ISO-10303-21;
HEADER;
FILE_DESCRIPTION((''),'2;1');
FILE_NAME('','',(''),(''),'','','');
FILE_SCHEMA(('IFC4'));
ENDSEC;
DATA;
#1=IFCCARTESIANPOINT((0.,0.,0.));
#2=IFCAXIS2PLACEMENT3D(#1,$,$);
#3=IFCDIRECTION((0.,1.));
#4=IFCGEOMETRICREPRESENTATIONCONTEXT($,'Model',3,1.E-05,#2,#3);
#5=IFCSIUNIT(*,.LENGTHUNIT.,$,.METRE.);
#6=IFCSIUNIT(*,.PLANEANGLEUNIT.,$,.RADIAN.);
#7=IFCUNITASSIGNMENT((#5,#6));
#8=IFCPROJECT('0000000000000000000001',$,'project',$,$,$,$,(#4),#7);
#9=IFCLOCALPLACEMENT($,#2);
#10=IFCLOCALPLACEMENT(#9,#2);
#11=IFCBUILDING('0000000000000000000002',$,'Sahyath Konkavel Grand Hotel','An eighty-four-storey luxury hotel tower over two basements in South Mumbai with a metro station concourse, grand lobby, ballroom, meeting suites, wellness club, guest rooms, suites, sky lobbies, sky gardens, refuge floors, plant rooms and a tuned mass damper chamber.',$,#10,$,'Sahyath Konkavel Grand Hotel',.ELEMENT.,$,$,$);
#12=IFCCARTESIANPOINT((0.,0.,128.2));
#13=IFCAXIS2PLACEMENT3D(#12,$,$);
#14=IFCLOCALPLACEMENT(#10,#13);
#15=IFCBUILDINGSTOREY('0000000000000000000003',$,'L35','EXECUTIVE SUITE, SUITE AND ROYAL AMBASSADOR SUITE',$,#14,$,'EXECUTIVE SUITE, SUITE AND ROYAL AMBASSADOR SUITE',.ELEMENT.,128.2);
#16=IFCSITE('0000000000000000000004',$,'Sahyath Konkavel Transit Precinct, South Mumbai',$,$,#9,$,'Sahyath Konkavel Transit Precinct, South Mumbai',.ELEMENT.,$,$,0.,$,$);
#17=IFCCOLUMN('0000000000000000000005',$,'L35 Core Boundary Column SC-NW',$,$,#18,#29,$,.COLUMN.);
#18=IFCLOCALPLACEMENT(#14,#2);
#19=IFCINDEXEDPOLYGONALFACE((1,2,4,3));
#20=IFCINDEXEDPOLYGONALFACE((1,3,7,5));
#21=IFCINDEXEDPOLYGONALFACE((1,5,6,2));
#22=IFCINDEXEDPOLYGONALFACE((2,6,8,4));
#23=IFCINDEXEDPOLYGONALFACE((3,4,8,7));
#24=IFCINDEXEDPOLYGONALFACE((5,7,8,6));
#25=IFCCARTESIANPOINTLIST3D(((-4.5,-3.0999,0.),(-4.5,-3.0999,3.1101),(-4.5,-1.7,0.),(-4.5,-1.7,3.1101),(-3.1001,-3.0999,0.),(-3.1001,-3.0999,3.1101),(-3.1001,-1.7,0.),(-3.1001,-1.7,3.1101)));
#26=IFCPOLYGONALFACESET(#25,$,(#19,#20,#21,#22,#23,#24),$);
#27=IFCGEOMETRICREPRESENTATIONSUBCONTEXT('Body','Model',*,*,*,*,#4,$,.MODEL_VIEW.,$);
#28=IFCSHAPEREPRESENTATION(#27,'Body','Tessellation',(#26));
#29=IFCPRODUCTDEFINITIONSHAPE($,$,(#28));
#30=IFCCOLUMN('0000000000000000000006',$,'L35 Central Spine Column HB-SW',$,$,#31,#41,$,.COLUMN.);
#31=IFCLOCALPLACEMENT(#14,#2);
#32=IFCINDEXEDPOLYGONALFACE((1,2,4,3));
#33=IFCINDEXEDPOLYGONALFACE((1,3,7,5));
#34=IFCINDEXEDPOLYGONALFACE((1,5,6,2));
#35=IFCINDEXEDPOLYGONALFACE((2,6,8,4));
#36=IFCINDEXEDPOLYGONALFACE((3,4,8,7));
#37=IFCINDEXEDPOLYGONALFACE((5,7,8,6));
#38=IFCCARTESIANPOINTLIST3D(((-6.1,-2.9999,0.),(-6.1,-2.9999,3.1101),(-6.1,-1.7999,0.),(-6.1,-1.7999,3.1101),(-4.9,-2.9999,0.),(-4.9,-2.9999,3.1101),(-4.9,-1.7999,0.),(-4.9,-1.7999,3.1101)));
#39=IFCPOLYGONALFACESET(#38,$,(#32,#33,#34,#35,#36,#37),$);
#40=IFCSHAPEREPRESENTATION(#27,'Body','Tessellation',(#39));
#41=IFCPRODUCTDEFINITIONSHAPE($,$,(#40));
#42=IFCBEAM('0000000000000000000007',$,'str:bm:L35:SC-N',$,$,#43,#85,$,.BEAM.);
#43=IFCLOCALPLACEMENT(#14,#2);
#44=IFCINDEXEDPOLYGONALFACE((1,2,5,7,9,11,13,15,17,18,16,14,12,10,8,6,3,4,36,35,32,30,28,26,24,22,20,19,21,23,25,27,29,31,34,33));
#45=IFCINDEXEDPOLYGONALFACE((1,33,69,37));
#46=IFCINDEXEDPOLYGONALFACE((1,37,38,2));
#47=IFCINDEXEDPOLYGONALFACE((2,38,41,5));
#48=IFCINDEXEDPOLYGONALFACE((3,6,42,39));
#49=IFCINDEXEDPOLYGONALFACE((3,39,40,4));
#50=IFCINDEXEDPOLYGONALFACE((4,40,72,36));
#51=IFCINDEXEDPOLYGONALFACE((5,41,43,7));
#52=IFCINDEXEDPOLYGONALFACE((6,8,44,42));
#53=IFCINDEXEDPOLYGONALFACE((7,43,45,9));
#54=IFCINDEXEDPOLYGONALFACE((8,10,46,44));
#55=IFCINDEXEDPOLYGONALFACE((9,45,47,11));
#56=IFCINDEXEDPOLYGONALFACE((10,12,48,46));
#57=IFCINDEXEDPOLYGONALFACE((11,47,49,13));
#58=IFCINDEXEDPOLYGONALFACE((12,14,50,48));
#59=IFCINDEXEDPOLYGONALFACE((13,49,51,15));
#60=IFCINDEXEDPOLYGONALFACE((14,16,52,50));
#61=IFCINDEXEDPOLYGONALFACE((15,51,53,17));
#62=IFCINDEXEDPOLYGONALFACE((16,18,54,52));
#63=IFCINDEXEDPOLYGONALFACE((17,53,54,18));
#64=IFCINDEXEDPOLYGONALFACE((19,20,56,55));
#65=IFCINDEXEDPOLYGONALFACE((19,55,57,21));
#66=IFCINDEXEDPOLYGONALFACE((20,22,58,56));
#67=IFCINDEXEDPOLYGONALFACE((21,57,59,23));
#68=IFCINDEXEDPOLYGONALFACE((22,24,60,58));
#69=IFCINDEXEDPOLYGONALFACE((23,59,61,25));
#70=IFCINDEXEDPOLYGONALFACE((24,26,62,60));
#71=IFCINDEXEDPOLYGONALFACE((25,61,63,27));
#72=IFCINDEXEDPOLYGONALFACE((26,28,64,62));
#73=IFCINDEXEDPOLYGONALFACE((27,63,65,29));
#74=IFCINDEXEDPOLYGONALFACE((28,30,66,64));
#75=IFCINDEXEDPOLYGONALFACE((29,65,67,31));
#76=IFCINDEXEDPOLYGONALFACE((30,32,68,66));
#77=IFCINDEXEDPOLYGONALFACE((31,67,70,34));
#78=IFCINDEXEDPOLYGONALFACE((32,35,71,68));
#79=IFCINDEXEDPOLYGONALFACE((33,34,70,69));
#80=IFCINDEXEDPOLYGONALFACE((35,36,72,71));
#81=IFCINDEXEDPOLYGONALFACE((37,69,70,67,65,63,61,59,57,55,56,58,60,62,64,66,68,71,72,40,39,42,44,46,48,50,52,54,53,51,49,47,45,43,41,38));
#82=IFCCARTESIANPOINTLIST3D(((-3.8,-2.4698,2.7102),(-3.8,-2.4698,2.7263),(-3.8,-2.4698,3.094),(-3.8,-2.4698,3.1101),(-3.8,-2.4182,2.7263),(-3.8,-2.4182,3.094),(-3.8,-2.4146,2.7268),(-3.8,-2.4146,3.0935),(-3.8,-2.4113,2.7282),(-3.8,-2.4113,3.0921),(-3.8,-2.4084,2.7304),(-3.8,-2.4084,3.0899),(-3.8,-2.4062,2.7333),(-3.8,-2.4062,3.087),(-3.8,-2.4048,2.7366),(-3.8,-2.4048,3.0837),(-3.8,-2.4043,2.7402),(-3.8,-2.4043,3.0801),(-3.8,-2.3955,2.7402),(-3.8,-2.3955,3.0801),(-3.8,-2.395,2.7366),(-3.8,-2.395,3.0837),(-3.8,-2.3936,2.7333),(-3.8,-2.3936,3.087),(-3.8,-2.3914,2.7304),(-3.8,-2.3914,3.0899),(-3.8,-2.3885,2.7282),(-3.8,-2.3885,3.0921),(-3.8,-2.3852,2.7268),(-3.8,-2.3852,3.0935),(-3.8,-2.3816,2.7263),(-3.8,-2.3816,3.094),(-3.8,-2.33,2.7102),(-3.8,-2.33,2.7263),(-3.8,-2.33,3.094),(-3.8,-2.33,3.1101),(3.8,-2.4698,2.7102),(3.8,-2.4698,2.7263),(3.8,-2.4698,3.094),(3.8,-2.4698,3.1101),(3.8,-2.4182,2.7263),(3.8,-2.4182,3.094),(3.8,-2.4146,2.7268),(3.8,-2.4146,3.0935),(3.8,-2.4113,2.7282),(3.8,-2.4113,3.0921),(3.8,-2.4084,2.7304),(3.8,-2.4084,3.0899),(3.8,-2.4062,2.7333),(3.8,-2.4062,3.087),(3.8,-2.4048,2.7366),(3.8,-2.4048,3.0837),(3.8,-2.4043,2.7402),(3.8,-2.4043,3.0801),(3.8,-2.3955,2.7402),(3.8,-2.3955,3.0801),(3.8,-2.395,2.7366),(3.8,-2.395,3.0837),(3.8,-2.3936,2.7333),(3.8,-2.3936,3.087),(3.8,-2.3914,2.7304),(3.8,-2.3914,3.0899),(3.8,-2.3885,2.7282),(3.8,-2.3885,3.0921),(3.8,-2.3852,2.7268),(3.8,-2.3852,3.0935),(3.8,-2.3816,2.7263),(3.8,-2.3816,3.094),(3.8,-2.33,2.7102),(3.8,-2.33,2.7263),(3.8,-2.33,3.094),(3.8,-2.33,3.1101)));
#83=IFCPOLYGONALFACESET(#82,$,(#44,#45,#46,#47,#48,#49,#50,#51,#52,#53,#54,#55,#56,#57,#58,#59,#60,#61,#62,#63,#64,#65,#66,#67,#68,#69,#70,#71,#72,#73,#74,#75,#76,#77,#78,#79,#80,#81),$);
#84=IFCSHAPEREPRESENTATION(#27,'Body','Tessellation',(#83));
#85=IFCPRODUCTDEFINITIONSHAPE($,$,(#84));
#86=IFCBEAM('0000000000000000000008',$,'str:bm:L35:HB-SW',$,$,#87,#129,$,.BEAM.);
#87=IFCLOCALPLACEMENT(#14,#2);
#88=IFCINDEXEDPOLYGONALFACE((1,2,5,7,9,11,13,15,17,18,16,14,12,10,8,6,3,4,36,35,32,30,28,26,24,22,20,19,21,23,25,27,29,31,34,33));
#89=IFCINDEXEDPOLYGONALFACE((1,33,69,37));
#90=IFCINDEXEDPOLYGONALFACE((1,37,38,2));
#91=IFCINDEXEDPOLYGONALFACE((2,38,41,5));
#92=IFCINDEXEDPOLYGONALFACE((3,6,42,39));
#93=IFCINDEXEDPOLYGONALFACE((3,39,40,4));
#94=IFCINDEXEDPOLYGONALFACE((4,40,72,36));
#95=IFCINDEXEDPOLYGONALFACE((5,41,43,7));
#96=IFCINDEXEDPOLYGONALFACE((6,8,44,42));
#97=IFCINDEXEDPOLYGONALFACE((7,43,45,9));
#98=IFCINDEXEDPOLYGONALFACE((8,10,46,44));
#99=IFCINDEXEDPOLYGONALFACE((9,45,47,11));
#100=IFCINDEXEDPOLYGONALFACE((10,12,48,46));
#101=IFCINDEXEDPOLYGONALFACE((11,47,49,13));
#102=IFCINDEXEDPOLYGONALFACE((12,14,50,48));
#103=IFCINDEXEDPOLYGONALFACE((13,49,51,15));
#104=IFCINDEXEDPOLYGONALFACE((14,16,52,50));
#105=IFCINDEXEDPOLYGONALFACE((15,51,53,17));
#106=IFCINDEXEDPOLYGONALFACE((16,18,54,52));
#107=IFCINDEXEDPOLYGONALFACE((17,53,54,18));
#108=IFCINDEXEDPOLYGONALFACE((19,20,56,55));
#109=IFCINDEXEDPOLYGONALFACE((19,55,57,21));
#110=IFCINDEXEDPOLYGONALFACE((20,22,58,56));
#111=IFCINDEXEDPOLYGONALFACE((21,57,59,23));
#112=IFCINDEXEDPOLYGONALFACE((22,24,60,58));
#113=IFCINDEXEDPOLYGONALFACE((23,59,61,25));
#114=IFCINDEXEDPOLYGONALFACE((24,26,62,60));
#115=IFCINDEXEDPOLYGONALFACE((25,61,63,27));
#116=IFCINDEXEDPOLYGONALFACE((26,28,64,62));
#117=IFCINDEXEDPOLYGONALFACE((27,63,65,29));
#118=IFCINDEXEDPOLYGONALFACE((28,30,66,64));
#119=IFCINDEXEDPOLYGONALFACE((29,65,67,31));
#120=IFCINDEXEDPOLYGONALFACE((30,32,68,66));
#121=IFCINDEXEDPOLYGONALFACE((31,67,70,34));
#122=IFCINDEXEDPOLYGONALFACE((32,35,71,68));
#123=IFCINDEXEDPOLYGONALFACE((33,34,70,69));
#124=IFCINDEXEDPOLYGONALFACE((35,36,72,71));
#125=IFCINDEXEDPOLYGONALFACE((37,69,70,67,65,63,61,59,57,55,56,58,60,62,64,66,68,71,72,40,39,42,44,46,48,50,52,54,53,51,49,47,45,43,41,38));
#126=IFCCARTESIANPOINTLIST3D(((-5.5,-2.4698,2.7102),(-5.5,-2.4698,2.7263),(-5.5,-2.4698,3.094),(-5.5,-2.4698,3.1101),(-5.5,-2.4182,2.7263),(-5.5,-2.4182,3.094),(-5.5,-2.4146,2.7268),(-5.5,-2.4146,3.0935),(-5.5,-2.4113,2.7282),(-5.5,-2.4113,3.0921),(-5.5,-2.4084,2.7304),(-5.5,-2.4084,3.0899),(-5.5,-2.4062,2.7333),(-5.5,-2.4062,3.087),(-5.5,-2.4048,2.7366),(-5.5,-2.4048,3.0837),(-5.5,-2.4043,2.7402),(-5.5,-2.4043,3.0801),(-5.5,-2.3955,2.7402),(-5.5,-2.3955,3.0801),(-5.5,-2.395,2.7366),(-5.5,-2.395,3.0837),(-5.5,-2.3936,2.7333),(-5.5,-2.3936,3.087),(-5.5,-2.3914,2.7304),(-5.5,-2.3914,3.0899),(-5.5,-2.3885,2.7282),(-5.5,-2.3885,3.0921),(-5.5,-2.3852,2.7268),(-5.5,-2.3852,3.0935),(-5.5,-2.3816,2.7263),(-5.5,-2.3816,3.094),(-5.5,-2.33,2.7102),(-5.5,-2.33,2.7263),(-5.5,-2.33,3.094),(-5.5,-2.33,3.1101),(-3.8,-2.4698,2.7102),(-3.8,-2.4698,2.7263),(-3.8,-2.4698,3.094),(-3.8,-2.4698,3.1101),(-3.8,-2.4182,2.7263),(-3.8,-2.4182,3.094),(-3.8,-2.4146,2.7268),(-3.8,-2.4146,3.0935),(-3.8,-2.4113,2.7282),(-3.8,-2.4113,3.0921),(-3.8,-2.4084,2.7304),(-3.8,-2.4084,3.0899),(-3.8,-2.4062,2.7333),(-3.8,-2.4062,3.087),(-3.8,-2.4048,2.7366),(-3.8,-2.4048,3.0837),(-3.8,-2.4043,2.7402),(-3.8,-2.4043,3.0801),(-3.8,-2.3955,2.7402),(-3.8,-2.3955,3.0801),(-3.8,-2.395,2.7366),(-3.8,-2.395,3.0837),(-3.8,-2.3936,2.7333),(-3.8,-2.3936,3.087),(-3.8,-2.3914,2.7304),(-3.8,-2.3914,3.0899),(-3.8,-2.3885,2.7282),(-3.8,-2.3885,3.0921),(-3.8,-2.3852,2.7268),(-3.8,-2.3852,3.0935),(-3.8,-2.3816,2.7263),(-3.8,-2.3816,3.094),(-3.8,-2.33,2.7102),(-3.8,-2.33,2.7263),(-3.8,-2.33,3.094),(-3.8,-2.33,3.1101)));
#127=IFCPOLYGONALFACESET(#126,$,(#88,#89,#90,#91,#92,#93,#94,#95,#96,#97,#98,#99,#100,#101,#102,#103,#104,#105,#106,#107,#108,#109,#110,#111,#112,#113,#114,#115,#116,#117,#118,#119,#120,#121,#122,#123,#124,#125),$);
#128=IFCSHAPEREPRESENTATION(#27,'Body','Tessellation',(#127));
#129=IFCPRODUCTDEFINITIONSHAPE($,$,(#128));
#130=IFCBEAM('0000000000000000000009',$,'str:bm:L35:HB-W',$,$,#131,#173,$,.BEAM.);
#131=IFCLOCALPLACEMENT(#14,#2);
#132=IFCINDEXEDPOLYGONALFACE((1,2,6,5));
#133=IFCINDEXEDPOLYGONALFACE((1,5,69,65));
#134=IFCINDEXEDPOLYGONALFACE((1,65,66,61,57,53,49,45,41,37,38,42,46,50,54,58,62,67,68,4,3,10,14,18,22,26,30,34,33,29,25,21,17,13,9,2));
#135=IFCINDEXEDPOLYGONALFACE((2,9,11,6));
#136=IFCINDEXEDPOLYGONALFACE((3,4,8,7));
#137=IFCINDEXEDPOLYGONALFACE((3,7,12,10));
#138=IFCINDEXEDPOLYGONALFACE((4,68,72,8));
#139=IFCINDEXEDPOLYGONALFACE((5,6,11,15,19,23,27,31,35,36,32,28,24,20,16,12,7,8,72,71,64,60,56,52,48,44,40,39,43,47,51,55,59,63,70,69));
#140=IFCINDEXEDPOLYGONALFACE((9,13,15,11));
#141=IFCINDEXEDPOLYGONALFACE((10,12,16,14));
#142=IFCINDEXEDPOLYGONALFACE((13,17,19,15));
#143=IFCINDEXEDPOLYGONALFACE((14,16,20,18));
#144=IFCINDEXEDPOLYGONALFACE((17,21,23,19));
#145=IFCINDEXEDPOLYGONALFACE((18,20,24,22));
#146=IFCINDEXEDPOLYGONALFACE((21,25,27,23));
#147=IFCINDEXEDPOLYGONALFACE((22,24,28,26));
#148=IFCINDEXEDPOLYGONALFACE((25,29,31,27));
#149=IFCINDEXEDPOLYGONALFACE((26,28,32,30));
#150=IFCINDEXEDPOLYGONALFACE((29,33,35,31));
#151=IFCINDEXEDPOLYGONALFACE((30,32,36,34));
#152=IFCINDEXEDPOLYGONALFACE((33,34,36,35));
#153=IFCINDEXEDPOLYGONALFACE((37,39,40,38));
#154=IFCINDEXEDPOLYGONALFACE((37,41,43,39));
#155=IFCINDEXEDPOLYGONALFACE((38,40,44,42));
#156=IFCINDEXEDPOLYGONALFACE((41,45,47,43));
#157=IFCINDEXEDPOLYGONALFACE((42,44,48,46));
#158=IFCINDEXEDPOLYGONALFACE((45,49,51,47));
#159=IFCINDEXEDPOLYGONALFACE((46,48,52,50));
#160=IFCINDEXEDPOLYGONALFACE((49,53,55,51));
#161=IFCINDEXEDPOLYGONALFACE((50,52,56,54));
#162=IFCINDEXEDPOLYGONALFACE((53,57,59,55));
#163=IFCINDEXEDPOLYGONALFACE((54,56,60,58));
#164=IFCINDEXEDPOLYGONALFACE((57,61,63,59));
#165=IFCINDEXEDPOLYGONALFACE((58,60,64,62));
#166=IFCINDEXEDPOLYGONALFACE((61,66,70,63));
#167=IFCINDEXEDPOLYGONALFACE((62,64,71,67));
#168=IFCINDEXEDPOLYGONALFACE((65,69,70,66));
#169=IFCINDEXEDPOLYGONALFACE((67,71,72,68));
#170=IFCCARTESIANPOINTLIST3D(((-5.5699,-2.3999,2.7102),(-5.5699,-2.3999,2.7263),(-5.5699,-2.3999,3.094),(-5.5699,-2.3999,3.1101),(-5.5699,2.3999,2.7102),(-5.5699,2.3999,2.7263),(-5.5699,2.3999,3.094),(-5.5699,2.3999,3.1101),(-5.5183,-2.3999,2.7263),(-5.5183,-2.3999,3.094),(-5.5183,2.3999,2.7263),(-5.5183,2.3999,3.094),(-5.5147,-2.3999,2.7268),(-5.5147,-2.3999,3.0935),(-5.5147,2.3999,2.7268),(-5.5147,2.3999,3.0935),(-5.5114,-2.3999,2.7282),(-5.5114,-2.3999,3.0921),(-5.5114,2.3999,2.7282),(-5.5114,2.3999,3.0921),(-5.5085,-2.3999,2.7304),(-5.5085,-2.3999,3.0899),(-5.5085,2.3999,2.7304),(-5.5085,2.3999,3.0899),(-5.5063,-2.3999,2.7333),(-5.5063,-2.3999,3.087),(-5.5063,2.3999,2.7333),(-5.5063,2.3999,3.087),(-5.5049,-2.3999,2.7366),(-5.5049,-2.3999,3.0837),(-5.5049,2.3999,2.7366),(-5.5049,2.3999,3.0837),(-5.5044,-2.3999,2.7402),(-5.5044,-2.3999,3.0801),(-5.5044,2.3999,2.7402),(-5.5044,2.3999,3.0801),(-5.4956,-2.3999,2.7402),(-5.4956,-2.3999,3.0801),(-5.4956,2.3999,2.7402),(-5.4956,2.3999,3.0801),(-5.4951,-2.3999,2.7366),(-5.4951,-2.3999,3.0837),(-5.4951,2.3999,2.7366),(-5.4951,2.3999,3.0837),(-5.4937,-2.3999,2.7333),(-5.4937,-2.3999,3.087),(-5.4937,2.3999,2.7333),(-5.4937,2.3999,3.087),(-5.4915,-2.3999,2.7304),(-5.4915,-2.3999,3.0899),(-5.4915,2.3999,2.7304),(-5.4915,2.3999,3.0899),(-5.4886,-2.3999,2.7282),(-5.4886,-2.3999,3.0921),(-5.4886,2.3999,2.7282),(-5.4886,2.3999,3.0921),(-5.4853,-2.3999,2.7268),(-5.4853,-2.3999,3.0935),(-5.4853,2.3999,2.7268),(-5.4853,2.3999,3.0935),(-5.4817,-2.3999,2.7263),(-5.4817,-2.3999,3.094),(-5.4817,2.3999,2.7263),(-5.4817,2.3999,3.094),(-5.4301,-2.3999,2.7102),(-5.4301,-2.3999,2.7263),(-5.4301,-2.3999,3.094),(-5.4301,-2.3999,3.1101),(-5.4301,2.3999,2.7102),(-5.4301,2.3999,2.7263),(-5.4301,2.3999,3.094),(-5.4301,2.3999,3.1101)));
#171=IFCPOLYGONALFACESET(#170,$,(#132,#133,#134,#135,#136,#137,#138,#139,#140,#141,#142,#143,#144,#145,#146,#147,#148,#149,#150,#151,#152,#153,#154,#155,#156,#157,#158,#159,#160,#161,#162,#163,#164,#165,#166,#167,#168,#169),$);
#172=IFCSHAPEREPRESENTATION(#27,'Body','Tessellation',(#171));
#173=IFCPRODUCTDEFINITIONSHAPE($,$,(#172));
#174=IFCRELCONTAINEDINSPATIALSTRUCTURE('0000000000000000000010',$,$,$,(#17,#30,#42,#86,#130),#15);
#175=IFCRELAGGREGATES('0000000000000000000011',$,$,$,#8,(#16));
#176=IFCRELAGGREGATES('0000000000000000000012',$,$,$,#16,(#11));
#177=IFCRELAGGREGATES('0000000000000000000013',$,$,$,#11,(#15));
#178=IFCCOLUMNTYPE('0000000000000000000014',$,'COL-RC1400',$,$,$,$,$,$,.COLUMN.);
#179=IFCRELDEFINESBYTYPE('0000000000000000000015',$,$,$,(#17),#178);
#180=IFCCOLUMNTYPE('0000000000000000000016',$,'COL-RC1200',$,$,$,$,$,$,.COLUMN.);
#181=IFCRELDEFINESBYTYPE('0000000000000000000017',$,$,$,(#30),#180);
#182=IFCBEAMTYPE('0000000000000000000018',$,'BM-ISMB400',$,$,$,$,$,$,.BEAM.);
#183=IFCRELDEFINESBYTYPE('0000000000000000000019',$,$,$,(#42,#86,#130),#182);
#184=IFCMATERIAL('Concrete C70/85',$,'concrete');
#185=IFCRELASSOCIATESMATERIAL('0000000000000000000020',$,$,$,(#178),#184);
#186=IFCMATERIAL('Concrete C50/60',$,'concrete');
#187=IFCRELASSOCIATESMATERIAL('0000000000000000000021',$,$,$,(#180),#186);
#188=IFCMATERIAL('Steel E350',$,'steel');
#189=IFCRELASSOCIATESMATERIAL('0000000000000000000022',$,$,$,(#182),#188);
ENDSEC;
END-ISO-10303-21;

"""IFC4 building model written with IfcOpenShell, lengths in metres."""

from ifc_helpers import new_model, si_unit, direction, frame, origin, origin_2d, place, context, subcontext, project, spatial, rectangle, i_section, extrude, source, transform, mapped, material, material_profile, profile_set, type_object, element, save


model = new_model("IFC4")

# Units and contexts
model_context = context("Model", 3, precision=1e-05, world=origin(), true_north=direction((0.0, 1.0)))
body_context = subcontext(model_context, "Body", "Model", "MODEL_VIEW")
ifc_project = project(units=[si_unit("LENGTHUNIT", "METRE"), si_unit("PLANEANGLEUNIT", "RADIAN")], contexts=[model_context])

# Site, building, storey
site_placement = place(None, origin())
site = spatial("IfcSite", under=ifc_project, at=site_placement, Name="Sahyath Konkavel Transit Precinct, South Mumbai", LongName="Sahyath Konkavel Transit Precinct, South Mumbai", CompositionType="ELEMENT", RefElevation=0.0)
building_placement = place(site_placement, origin())
building = spatial("IfcBuilding", under=site, at=building_placement, Name="Sahyath Konkavel Grand Hotel", Description="An eighty-four-storey luxury hotel tower over two basements in South Mumbai with a metro station concourse, grand lobby, ballroom, meeting suites, wellness club, guest rooms, suites, sky lobbies, sky gardens, refuge floors, plant rooms and a tuned mass damper chamber.", LongName="Sahyath Konkavel Grand Hotel", CompositionType="ELEMENT")
storey_placement = place(building_placement, frame((0.0, 0.0, 128.2)))
storey = spatial("IfcBuildingStorey", under=building, at=storey_placement, Name="L35", Description="EXECUTIVE SUITE, SUITE AND ROYAL AMBASSADOR SUITE", LongName="EXECUTIVE SUITE, SUITE AND ROYAL AMBASSADOR SUITE", CompositionType="ELEMENT", Elevation=128.2)

# Columns
ifc_material_1 = material(Name="Concrete C70/85", Category="concrete")
ifc_material_profile_1 = material_profile(ifc_material_1, rectangle(XDim=1.3999, YDim=1.3999, at=origin_2d()), Name="RC 1400x1400")
ifc_profile_set_1 = profile_set([ifc_material_profile_1], Name="Concrete C70/85")
column_type_1 = type_object("IfcColumnType", Name="COL-RC1400", PredefinedType="COLUMN", material=ifc_profile_set_1)
shared_shape_1 = source(origin(), body_context, "Body", "SweptSolid", [
    extrude(rectangle(XDim=1.3999, YDim=1.3999, at=origin_2d()), origin(), (0.0, 0.0, 1.0), 3.1101),
])
column_1_placement = place(storey_placement, frame((-3.8, -2.3999, 0.0), z_axis=(0.0, 0.0, 1.0), x_axis=(1.0, 0.0, 0.0)))
element("IfcColumn", 1, at=column_1_placement, inside=storey, type_object=column_type_1, Name="L35 Core Boundary Column SC-NW", PredefinedType="COLUMN", context=body_context, shape_type="MappedRepresentation", body=[
    mapped(shared_shape_1, transform((0.0, 0.0, 0.0), scale=1.0)),
])
ifc_material_2 = material(Name="Concrete C50/60", Category="concrete")
ifc_material_profile_2 = material_profile(ifc_material_2, rectangle(XDim=1.2, YDim=1.2, at=origin_2d()), Name="RC 1200x1200")
ifc_profile_set_2 = profile_set([ifc_material_profile_2], Name="Concrete C50/60")
column_type_2 = type_object("IfcColumnType", Name="COL-RC1200", PredefinedType="COLUMN", material=ifc_profile_set_2)
shared_shape_2 = source(origin(), body_context, "Body", "SweptSolid", [
    extrude(rectangle(XDim=1.2, YDim=1.2, at=origin_2d()), origin(), (0.0, 0.0, 1.0), 3.1101),
])
column_2_placement = place(storey_placement, frame((-5.5, -2.3999, 0.0), z_axis=(0.0, 0.0, 1.0), x_axis=(1.0, 0.0, 0.0)))
element("IfcColumn", 2, at=column_2_placement, inside=storey, type_object=column_type_2, Name="L35 Central Spine Column HB-SW", PredefinedType="COLUMN", context=body_context, shape_type="MappedRepresentation", body=[
    mapped(shared_shape_2, transform((0.0, 0.0, 0.0), scale=1.0)),
])

# Beams
ifc_material_3 = material(Name="Steel E350", Category="steel")
ifc_material_profile_3 = material_profile(ifc_material_3, i_section(OverallWidth=0.1399, OverallDepth=0.3999, WebThickness=0.0088, FlangeThickness=0.0161, FilletRadius=0.0139, at=origin_2d()), Name="ISMB 400")
ifc_profile_set_3 = profile_set([ifc_material_profile_3], Name="Steel E350")
beam_type_1 = type_object("IfcBeamType", Name="BM-ISMB400", PredefinedType="BEAM", material=ifc_profile_set_3)
shared_shape_3 = source(origin(), body_context, "Body", "SweptSolid", [
    extrude(i_section(OverallWidth=0.1399, OverallDepth=0.3999, WebThickness=0.0088, FlangeThickness=0.0161, FilletRadius=0.0139, at=origin_2d()), origin(), (0.0, 0.0, 1.0), 7.6001),
])
beam_1_placement = place(storey_placement, frame((-3.8, -2.3999, 2.9102), z_axis=(1.0, 0.0, 0.0), x_axis=(0.0, 1.0, 0.0)))
element("IfcBeam", 3, at=beam_1_placement, inside=storey, type_object=beam_type_1, Name="str:bm:L35:SC-N", PredefinedType="BEAM", context=body_context, shape_type="MappedRepresentation", body=[
    mapped(shared_shape_3, transform((0.0, 0.0, 0.0), scale=1.0)),
])
shared_shape_4 = source(origin(), body_context, "Body", "SweptSolid", [
    extrude(i_section(OverallWidth=0.1399, OverallDepth=0.3999, WebThickness=0.0088, FlangeThickness=0.0161, FilletRadius=0.0139, at=origin_2d()), origin(), (0.0, 0.0, 1.0), 1.7),
])
beam_2_placement = place(storey_placement, frame((-5.5, -2.3999, 2.9102), z_axis=(1.0, 0.0, 0.0), x_axis=(0.0, 1.0, 0.0)))
element("IfcBeam", 4, at=beam_2_placement, inside=storey, type_object=beam_type_1, Name="str:bm:L35:HB-SW", PredefinedType="BEAM", context=body_context, shape_type="MappedRepresentation", body=[
    mapped(shared_shape_4, transform((0.0, 0.0, 0.0), scale=1.0)),
])
shared_shape_5 = source(origin(), body_context, "Body", "SweptSolid", [
    extrude(i_section(OverallWidth=0.1399, OverallDepth=0.3999, WebThickness=0.0088, FlangeThickness=0.0161, FilletRadius=0.0139, at=origin_2d()), origin(), (0.0, 0.0, 1.0), 4.7998),
])
beam_3_placement = place(storey_placement, frame((-5.5, -2.3999, 2.9102), z_axis=(0.0, 1.0, 0.0), x_axis=(-1.0, 0.0, 0.0)))
element("IfcBeam", 5, at=beam_3_placement, inside=storey, type_object=beam_type_1, Name="str:bm:L35:HB-W", PredefinedType="BEAM", context=body_context, shape_type="MappedRepresentation", body=[
    mapped(shared_shape_5, transform((0.0, 0.0, 0.0), scale=1.0)),
])

save(model, "model.ifc")
